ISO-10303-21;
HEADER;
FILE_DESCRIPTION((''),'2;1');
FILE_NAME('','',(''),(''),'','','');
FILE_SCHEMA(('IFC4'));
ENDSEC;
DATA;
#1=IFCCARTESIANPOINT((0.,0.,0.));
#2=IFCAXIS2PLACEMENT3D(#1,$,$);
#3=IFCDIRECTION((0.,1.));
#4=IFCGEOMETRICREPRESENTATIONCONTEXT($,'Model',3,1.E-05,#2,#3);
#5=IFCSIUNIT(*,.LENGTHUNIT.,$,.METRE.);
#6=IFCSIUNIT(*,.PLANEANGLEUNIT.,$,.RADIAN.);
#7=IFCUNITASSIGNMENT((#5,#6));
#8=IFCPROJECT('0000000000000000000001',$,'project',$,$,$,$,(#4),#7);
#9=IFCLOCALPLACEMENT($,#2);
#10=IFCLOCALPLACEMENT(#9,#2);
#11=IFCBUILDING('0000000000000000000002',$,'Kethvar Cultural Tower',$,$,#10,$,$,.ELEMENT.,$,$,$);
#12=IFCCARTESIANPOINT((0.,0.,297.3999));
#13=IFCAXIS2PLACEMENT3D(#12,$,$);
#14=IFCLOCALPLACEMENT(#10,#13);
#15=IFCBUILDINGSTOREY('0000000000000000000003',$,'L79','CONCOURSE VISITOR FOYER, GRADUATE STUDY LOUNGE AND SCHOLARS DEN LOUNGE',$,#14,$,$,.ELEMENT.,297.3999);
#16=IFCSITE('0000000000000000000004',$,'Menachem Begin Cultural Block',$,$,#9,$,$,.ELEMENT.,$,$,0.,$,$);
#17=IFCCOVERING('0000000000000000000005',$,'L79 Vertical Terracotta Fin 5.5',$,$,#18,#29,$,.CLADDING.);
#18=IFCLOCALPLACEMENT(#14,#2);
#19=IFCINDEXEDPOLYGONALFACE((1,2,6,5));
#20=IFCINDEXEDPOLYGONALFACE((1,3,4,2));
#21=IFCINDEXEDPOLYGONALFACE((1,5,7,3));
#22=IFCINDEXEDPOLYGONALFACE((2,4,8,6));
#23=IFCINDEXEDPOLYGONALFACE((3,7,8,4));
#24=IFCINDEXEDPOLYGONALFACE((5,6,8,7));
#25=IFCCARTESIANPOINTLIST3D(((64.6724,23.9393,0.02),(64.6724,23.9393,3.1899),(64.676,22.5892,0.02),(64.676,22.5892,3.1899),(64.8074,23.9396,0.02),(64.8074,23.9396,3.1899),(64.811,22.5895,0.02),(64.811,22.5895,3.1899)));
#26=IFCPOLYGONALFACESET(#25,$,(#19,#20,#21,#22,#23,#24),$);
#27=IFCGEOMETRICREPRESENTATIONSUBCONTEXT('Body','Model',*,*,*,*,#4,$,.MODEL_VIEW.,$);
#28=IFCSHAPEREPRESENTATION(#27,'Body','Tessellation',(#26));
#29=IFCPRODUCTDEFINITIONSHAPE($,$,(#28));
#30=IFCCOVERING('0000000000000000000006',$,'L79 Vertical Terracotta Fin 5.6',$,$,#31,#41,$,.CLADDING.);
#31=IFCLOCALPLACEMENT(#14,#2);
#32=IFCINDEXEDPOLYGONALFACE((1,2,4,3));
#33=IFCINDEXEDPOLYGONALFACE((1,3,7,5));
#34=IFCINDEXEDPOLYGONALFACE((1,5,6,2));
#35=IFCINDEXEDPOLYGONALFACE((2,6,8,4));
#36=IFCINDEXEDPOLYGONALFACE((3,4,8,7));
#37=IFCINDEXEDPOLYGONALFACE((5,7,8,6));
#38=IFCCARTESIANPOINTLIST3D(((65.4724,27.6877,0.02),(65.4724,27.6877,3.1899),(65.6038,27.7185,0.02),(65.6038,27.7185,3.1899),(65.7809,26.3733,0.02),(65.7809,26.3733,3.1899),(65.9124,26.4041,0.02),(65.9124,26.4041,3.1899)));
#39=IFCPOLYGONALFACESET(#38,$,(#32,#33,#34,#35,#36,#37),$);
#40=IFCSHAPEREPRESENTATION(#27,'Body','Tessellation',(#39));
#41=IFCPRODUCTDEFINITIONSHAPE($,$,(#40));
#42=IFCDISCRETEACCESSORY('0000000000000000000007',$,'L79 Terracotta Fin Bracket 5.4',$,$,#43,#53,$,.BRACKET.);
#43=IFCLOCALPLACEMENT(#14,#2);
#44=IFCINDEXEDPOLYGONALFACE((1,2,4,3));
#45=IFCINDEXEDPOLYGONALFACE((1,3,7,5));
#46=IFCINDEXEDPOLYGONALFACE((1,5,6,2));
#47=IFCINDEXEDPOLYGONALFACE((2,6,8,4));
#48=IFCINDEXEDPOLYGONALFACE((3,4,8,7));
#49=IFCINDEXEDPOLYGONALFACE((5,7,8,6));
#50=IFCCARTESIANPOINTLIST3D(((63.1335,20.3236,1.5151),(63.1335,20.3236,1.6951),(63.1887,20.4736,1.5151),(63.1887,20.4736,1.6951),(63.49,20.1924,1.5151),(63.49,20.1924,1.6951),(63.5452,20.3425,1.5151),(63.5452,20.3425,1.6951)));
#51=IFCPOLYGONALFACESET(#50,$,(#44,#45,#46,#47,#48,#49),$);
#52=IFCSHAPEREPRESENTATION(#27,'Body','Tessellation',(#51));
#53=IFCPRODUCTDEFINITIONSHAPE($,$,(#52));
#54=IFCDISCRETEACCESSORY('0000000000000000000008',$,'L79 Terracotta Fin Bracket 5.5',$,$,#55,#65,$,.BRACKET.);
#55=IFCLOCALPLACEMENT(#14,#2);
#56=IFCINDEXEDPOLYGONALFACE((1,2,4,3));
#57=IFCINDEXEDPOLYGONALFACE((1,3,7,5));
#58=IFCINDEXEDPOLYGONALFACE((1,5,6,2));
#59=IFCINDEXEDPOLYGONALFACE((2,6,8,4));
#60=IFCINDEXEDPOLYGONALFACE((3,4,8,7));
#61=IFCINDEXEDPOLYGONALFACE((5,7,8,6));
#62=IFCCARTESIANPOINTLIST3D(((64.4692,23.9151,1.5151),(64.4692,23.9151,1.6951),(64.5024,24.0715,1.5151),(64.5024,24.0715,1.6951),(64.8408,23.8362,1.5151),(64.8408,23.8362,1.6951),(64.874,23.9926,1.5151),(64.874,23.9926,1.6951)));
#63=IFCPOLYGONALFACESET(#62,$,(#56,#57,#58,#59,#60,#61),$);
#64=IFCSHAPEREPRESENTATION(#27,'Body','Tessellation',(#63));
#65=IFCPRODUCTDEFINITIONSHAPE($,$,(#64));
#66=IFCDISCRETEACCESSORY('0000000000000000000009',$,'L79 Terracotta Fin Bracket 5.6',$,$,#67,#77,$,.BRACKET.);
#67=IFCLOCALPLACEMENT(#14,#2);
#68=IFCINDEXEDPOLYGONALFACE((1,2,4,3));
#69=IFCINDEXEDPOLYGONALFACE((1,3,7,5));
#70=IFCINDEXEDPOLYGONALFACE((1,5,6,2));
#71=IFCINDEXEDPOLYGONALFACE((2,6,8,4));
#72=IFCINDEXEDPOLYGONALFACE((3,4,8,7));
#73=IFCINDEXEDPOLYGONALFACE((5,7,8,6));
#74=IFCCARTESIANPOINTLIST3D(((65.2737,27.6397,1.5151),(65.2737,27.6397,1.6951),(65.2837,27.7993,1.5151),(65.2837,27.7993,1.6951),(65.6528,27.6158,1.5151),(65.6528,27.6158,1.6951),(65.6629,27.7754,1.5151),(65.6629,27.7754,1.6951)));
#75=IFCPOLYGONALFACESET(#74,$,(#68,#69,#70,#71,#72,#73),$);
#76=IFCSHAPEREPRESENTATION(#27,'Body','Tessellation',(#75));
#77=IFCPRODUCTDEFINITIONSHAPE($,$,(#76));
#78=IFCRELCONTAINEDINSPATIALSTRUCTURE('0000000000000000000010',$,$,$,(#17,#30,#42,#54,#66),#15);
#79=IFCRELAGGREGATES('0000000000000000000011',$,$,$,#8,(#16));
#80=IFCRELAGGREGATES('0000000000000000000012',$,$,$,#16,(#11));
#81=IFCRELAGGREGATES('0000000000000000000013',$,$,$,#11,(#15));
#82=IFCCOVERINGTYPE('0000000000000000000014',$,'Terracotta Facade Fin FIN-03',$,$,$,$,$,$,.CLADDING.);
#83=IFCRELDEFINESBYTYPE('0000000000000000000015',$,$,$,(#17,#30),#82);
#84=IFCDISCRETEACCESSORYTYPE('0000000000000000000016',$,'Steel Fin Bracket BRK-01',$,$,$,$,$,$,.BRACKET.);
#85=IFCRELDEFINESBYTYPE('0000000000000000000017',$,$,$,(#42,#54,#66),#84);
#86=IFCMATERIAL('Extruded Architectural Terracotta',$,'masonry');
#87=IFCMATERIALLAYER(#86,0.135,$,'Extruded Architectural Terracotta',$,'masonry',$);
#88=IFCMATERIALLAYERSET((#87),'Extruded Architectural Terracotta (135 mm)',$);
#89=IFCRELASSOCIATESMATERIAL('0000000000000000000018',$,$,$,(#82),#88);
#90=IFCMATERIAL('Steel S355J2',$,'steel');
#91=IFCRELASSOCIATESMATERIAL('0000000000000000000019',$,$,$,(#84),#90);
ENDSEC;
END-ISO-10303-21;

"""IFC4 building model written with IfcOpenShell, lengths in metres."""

from ifc_helpers import new_model, si_unit, direction, frame, origin, origin_2d, place, context, subcontext, project, spatial, rectangle, extrude, source, transform, mapped, material, layer, layer_set, type_object, element, save


model = new_model("IFC4")

# Units and contexts
model_context = context("Model", 3, precision=1e-05, world=origin(), true_north=direction((0.0, 1.0)))
body_context = subcontext(model_context, "Body", "Model", "MODEL_VIEW")
ifc_project = project(units=[si_unit("LENGTHUNIT", "METRE"), si_unit("PLANEANGLEUNIT", "RADIAN")], contexts=[model_context])

# Site, building, storey
site_placement = place(None, origin())
site = spatial("IfcSite", under=ifc_project, at=site_placement, Name="Menachem Begin Cultural Block", CompositionType="ELEMENT", RefElevation=0.0)
building_placement = place(site_placement, origin())
building = spatial("IfcBuilding", under=site, at=building_placement, Name="Kethvar Cultural Tower", CompositionType="ELEMENT")
storey_placement = place(building_placement, frame((0.0, 0.0, 297.3999)))
storey = spatial("IfcBuildingStorey", under=building, at=storey_placement, Name="L79", Description="CONCOURSE VISITOR FOYER, GRADUATE STUDY LOUNGE AND SCHOLARS DEN LOUNGE", CompositionType="ELEMENT", Elevation=297.3999)

# Shared definitions
ifc_material_1 = material(Name="Steel S355J2", Category="steel")

# Coverings
ifc_material_2 = material(Name="Extruded Architectural Terracotta", Category="masonry")
ifc_layer_1 = layer(ifc_material_2, 0.135, Name="Extruded Architectural Terracotta", Category="masonry")
ifc_layer_set_1 = layer_set([ifc_layer_1], Name="Extruded Architectural Terracotta (135 mm)")
covering_type = type_object("IfcCoveringType", Name="Terracotta Facade Fin FIN-03", PredefinedType="CLADDING", material=ifc_layer_set_1)
shared_shape_1 = source(origin(), body_context, "Body", "SweptSolid", [
    extrude(rectangle(XDim=1.3501, YDim=0.135, at=origin_2d()), origin(), (0.0, 0.0, 1.0), 3.1699),
])
for number, where, z_axis, x_axis, name in (
    (1, (64.7417, 23.2644, 0.02), (0.0, 0.0, 1.0), (0.002618, -0.999997, 0.0), "L79 Vertical Terracotta Fin 5.5"),
    (2, (65.6924, 27.0459, 0.02), (0.0, 0.0, 1.0), (0.228521, -0.973539, 0.0), "L79 Vertical Terracotta Fin 5.6"),
):
    element("IfcCovering", number, at=place(storey_placement, frame(where, z_axis=z_axis, x_axis=x_axis)), inside=storey, type_object=covering_type, Name=name, PredefinedType="CLADDING", context=body_context, shape_type="MappedRepresentation", body=[
        mapped(shared_shape_1, transform((0.0, 0.0, 0.0), scale=1.0)),
    ])

# Discrete accessories
discrete_accessory_type = type_object("IfcDiscreteAccessoryType", Name="Steel Fin Bracket BRK-01", PredefinedType="BRACKET", material=ifc_material_1)
shared_shape_2 = source(origin(), body_context, "Body", "SweptSolid", [
    extrude(rectangle(XDim=0.3799, YDim=0.1599, at=origin_2d()), origin(), (0.0, 0.0, 1.0), 0.1799),
])
for number, where, z_axis, x_axis, name in (
    (3, (63.3394, 20.333, 1.5151), (0.0, 0.0, 1.0), (0.938493, -0.345298, 0.0), "L79 Terracotta Fin Bracket 5.4"),
    (4, (64.6716, 23.9539, 1.5151), (0.0, 0.0, 1.0), (0.97822, -0.20757, 0.0), "L79 Terracotta Fin Bracket 5.5"),
    (5, (65.4683, 27.7075, 1.5151), (0.0, 0.0, 1.0), (0.998016, -0.062965, 0.0), "L79 Terracotta Fin Bracket 5.6"),
):
    element("IfcDiscreteAccessory", number, at=place(storey_placement, frame(where, z_axis=z_axis, x_axis=x_axis)), inside=storey, type_object=discrete_accessory_type, Name=name, PredefinedType="BRACKET", context=body_context, shape_type="MappedRepresentation", body=[
        mapped(shared_shape_2, transform((0.0, 0.0, 0.0), scale=1.0)),
    ])

save(model, "model.ifc")
